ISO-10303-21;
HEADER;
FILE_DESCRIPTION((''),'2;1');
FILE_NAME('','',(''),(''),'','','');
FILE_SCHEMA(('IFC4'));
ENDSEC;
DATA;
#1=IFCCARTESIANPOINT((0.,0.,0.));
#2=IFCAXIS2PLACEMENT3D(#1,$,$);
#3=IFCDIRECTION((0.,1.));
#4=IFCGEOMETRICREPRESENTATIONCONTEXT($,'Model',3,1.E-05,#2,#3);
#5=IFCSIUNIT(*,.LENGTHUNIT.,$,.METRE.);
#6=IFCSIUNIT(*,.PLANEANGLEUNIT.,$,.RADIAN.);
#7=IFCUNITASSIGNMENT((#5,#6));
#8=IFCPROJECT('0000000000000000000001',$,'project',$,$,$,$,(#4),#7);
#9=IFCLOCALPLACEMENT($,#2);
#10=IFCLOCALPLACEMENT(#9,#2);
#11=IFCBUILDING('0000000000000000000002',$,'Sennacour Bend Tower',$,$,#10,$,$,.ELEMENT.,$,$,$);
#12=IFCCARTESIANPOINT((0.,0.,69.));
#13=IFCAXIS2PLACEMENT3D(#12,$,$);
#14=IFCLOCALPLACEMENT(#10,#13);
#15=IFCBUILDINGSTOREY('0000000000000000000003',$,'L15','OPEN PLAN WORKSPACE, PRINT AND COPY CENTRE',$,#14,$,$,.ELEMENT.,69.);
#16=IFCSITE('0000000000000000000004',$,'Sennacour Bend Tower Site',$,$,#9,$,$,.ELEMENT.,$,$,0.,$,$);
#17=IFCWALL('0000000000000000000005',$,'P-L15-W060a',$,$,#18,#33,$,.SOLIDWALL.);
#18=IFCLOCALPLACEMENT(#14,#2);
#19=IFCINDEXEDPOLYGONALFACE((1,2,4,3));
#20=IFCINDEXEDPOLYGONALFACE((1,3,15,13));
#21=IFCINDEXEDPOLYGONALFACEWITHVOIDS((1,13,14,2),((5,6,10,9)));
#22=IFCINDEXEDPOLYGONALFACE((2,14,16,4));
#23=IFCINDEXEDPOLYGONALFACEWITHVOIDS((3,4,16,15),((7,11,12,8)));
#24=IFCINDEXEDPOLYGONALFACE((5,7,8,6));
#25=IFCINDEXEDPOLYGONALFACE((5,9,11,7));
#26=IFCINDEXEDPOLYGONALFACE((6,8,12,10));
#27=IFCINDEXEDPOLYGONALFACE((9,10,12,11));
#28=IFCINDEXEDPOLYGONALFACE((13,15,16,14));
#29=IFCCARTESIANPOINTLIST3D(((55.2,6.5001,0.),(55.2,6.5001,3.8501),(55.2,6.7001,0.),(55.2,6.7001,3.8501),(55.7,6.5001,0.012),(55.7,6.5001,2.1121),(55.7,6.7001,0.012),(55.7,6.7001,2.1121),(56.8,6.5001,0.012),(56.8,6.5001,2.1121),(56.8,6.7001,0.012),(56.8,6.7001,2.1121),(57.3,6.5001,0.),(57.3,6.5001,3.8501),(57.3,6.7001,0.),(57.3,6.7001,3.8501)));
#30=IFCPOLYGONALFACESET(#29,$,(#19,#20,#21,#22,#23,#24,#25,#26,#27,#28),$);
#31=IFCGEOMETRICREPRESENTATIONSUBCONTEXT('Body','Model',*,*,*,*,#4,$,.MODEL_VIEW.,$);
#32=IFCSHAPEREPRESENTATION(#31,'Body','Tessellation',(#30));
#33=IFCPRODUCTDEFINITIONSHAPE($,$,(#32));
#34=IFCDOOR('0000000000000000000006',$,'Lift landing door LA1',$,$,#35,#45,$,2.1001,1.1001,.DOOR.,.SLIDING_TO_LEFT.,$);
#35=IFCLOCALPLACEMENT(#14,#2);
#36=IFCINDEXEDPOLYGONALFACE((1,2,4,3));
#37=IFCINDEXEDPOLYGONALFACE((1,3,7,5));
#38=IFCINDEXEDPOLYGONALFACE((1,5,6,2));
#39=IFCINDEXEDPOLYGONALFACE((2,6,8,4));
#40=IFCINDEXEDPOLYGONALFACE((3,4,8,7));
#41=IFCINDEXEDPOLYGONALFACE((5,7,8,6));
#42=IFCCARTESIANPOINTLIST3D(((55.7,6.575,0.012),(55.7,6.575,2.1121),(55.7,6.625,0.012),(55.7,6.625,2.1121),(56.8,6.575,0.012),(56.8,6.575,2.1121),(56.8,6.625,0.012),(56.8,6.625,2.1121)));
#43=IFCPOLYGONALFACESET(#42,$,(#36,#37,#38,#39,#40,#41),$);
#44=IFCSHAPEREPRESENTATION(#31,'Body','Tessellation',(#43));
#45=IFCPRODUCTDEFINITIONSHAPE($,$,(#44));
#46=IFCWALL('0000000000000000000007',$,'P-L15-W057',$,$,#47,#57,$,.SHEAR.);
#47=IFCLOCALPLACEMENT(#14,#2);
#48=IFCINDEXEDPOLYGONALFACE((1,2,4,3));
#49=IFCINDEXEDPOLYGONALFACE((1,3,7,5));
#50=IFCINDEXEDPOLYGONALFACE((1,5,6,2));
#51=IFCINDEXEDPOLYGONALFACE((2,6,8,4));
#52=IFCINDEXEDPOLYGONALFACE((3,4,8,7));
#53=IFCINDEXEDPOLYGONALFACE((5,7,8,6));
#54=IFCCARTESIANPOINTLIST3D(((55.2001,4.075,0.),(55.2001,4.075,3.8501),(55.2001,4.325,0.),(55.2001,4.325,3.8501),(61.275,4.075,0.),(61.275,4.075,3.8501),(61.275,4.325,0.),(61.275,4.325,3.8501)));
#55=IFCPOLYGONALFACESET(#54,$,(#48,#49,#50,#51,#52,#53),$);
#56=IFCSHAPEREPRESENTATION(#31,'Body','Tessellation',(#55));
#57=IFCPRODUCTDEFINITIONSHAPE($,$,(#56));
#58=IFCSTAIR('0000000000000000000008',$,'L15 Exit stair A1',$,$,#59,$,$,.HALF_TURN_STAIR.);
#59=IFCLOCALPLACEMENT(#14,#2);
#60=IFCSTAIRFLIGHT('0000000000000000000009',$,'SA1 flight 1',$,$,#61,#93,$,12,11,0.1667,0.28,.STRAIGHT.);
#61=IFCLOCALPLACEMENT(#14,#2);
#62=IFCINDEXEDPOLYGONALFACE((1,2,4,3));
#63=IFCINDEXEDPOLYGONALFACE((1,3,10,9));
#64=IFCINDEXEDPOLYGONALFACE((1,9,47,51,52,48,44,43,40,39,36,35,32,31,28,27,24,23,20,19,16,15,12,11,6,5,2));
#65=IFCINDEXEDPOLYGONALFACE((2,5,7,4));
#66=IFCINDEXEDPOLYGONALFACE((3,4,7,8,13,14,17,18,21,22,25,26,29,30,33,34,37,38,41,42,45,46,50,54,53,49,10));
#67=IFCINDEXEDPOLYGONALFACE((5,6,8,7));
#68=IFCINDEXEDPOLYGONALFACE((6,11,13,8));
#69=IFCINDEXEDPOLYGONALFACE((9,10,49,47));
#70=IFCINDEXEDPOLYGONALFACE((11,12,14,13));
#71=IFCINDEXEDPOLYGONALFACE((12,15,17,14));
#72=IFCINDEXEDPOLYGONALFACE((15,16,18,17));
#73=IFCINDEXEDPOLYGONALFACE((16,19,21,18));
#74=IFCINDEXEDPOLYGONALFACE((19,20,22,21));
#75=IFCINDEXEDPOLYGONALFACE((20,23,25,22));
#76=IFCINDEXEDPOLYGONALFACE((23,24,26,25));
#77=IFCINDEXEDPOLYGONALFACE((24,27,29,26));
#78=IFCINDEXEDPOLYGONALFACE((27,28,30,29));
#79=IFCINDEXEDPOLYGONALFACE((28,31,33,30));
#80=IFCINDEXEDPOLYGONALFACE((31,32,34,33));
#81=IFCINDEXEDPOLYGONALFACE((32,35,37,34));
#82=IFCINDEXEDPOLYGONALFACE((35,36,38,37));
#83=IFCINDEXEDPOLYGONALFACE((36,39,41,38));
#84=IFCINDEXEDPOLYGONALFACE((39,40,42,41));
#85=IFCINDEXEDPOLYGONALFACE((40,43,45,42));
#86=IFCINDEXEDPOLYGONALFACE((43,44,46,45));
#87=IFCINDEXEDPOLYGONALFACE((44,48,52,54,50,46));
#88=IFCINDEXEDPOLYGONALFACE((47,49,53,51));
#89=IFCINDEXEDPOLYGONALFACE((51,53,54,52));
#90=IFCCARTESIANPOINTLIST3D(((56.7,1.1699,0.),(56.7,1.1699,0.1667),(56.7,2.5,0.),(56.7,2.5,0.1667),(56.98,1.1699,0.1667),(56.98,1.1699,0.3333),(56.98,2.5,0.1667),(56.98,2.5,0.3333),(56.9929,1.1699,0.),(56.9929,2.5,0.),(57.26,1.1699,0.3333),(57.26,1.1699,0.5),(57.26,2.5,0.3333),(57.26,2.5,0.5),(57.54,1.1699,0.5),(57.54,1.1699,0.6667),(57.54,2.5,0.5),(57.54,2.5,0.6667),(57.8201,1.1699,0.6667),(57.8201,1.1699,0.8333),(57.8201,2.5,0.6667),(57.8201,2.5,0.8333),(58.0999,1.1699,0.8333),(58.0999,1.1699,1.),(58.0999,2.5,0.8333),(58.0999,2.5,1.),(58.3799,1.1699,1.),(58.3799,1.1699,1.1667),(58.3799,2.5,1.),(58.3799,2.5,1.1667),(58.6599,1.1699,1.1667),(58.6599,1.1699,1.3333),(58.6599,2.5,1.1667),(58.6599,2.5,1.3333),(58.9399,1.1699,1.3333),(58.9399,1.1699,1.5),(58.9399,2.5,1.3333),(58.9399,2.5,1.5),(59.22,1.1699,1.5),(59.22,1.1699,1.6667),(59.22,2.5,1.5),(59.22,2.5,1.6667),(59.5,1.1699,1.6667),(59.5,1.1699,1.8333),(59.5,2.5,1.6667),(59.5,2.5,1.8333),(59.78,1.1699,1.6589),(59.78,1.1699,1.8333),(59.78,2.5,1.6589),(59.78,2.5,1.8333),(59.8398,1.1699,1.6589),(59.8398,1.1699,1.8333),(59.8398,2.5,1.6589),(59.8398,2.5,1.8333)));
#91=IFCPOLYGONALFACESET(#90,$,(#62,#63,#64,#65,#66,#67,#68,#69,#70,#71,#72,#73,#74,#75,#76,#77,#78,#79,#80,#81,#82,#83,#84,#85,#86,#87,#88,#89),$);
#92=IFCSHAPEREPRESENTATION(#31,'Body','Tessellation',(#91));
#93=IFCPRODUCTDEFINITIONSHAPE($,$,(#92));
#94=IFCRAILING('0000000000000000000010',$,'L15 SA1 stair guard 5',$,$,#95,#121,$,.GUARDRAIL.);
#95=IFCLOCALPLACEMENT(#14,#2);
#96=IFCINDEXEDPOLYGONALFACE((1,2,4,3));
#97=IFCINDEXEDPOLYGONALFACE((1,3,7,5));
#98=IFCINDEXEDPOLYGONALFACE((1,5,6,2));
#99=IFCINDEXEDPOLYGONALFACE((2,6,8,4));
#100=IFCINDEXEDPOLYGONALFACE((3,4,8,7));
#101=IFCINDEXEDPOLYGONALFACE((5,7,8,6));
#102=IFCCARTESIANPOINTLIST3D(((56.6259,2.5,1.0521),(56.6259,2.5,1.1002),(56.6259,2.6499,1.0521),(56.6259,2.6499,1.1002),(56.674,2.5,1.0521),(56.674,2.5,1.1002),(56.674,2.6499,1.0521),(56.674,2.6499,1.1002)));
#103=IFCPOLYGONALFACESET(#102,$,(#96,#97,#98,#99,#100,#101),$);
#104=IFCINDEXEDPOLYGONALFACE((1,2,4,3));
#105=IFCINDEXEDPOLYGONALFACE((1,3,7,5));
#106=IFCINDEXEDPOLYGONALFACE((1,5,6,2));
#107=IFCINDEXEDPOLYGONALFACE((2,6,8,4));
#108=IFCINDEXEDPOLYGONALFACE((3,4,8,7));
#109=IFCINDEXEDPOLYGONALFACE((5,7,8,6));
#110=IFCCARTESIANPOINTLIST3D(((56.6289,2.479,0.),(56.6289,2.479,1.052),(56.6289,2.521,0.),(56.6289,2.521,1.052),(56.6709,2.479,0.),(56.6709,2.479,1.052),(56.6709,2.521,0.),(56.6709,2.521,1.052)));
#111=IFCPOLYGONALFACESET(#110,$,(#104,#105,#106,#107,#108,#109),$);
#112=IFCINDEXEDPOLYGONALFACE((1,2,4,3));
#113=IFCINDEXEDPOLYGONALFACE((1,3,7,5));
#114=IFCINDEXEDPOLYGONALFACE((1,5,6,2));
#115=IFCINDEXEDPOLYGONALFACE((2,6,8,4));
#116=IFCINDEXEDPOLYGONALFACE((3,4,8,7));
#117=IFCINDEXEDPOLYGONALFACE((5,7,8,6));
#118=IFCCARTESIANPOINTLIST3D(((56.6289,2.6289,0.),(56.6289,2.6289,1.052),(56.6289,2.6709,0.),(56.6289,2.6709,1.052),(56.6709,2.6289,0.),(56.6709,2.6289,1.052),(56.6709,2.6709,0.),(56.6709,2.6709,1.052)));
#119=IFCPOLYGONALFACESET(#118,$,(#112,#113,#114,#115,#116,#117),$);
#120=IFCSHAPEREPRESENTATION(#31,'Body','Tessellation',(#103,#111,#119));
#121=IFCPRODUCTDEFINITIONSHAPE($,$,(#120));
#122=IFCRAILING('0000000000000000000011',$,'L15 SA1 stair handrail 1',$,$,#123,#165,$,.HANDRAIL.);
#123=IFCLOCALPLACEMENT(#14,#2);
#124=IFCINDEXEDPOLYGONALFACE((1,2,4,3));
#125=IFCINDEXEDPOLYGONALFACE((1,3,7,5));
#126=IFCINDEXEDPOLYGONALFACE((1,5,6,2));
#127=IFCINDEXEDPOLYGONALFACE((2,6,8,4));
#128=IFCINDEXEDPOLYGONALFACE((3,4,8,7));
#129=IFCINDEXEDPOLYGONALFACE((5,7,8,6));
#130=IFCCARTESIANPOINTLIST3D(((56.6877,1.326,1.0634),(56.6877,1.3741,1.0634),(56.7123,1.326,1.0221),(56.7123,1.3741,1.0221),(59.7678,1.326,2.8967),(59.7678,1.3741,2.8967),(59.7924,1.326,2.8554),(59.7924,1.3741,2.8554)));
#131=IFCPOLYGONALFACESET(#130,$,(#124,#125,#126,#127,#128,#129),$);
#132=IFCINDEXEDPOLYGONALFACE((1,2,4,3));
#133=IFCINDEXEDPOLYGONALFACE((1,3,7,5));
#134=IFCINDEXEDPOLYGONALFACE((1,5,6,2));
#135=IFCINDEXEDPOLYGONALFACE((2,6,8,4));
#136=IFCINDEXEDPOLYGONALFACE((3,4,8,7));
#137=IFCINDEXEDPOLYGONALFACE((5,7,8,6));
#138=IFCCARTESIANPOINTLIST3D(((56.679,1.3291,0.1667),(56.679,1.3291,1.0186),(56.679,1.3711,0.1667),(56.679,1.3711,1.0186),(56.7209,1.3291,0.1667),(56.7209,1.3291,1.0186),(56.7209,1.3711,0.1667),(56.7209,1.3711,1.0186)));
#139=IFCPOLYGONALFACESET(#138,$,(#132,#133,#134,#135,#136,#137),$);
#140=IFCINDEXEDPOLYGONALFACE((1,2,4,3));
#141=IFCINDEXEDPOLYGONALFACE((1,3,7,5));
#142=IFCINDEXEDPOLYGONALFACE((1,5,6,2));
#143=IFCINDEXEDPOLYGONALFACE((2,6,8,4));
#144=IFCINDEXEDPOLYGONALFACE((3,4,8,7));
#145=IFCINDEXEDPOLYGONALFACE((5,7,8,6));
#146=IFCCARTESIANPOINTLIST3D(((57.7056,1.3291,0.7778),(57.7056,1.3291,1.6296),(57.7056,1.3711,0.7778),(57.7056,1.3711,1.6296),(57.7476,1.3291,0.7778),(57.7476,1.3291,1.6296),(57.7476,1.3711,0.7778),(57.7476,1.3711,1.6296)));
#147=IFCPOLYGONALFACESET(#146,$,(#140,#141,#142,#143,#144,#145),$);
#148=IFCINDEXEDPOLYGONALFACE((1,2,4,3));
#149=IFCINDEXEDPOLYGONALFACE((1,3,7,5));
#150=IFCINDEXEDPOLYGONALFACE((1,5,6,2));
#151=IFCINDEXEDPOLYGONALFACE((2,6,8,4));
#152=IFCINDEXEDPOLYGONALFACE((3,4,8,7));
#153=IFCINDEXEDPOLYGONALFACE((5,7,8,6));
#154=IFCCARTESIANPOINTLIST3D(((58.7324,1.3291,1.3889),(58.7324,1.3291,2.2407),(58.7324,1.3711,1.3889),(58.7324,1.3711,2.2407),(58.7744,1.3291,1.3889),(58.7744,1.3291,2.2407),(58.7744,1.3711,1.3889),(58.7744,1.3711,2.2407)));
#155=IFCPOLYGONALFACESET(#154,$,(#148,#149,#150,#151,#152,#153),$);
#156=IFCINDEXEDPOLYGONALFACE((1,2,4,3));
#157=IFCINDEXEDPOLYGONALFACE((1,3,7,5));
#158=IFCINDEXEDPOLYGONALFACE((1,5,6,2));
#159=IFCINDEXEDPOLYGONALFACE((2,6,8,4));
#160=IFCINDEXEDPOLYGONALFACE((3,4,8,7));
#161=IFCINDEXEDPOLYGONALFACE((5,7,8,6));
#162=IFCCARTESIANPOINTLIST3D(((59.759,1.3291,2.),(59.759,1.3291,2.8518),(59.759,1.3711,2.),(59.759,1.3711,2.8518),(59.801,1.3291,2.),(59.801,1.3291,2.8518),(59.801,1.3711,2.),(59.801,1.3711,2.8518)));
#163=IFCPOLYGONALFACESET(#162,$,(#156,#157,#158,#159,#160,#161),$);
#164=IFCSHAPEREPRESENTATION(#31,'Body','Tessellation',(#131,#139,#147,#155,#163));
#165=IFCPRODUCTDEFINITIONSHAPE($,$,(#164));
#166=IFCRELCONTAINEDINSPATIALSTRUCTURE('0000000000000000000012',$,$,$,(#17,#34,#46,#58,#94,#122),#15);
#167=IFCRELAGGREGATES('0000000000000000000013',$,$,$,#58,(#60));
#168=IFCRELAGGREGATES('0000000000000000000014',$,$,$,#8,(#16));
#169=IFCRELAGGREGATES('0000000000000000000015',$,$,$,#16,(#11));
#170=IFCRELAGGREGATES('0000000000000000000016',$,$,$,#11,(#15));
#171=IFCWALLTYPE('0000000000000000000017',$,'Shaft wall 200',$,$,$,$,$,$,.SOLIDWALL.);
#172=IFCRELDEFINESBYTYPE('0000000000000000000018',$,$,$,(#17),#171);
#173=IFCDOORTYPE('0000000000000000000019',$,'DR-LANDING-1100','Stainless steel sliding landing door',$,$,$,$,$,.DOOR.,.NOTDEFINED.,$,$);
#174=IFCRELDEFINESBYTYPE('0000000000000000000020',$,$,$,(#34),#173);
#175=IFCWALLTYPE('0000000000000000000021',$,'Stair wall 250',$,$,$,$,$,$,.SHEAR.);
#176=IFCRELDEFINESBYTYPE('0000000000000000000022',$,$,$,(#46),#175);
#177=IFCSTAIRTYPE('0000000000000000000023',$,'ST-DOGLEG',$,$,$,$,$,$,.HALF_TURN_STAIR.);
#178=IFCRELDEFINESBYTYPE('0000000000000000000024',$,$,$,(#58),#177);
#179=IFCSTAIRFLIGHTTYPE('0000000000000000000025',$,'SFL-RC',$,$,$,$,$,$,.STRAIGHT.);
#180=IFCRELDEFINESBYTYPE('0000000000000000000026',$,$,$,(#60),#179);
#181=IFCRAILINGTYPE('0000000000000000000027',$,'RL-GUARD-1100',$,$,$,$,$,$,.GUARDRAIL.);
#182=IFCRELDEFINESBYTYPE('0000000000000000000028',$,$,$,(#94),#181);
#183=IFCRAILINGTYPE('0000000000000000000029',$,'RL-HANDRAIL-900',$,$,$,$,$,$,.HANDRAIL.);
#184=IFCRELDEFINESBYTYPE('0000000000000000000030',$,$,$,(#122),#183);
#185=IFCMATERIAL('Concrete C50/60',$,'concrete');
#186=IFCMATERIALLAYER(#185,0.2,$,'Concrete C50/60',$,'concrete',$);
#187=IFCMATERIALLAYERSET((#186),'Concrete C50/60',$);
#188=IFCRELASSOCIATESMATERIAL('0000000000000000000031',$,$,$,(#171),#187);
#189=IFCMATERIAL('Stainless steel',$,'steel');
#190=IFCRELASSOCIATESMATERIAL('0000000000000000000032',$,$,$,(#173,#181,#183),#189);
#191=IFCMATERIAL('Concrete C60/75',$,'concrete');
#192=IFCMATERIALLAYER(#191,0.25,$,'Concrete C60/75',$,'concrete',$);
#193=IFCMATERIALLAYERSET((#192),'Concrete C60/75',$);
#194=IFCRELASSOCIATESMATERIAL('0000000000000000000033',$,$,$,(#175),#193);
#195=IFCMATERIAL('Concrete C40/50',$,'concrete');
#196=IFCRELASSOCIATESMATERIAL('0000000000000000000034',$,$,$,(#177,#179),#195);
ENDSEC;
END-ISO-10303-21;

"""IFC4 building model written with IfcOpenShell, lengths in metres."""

from ifc_helpers import new_model, si_unit, direction, frame, frame_2d, origin, origin_2d, place, context, subcontext, project, spatial, polyline, rectangle, outline, extrude, material, layer, layer_set, type_object, element, fill, aggregate, save


model = new_model("IFC4")

# Units and contexts
model_context = context("Model", 3, precision=1e-05, world=origin(), true_north=direction((0.0, 1.0)))
body_context = subcontext(model_context, "Body", "Model", "MODEL_VIEW")
ifc_project = project(units=[si_unit("LENGTHUNIT", "METRE"), si_unit("PLANEANGLEUNIT", "RADIAN")], contexts=[model_context])

# Site, building, storey
site_placement = place(None, origin())
site = spatial("IfcSite", under=ifc_project, at=site_placement, Name="Sennacour Bend Tower Site", CompositionType="ELEMENT", RefElevation=0.0)
building_placement = place(site_placement, origin())
building = spatial("IfcBuilding", under=site, at=building_placement, Name="Sennacour Bend Tower", CompositionType="ELEMENT")
storey_placement = place(building_placement, frame((0.0, 0.0, 69.0)))
storey = spatial("IfcBuildingStorey", under=building, at=storey_placement, Name="L15", Description="OPEN PLAN WORKSPACE, PRINT AND COPY CENTRE", CompositionType="ELEMENT", Elevation=69.0)

# Wall, opening, door
ifc_material_1 = material(Name="Concrete C50/60", Category="concrete")
ifc_layer_1 = layer(ifc_material_1, 0.2, Name="Concrete C50/60", Category="concrete")
ifc_layer_set_1 = layer_set([ifc_layer_1], Name="Concrete C50/60")
wall_type_1 = type_object("IfcWallType", Name="Shaft wall 200", PredefinedType="SOLIDWALL", material=ifc_layer_set_1)
wall_1_placement = place(storey_placement, frame((55.2, 6.6001, 0.0), z_axis=(0.0, 0.0, 1.0), x_axis=(1.0, 0.0, 0.0)))
wall_1 = element("IfcWall", 1, at=wall_1_placement, inside=storey, type_object=wall_type_1, Name="P-L15-W060a", PredefinedType="SOLIDWALL", context=body_context, shape_type="SweptSolid", body=[
    extrude(rectangle(XDim=2.1001, YDim=0.2, at=frame_2d((1.05, 0.0))), origin(), (0.0, 0.0, 1.0), 3.8501),
])
opening_1_placement = place(wall_1_placement, frame((0.5, 0.0, 0.012)))
opening_1 = element("IfcOpeningElement", 2, at=opening_1_placement, cuts=wall_1, PredefinedType="OPENING", context=body_context, shape_type="SweptSolid", body=[
    extrude(rectangle(XDim=1.1001, YDim=2.1001, at=frame_2d((0.55, 1.05))), frame((0.0, 0.1099, 0.0), z_axis=(0.0, -1.0, 0.0), x_axis=(1.0, 0.0, 0.0)), (0.0, 0.0, 1.0), 0.22),
])
ifc_material_2 = material(Name="Stainless steel", Category="steel")
door_type_1 = type_object("IfcDoorType", Name="DR-LANDING-1100", Description="Stainless steel sliding landing door", OperationType="NOTDEFINED", PredefinedType="DOOR", material=ifc_material_2)
door_1_placement = place(opening_1_placement, origin())
door_1 = element("IfcDoor", 3, at=door_1_placement, inside=storey, type_object=door_type_1, Name="Lift landing door LA1", OperationType="SLIDING_TO_LEFT", OverallHeight=2.1001, OverallWidth=1.1001, PredefinedType="DOOR", context=body_context, shape_type="SweptSolid", body=[
    extrude(rectangle(XDim=1.1001, YDim=2.1001, at=frame_2d((0.55, 1.05))), frame((0.0, 0.0249, 0.0), z_axis=(0.0, -1.0, 0.0), x_axis=(1.0, 0.0, 0.0)), (0.0, 0.0, 1.0), 0.05),
])
fill(opening_1, door_1)

# Wall
ifc_material_3 = material(Name="Concrete C60/75", Category="concrete")
ifc_layer_2 = layer(ifc_material_3, 0.25, Name="Concrete C60/75", Category="concrete")
ifc_layer_set_2 = layer_set([ifc_layer_2], Name="Concrete C60/75")
wall_type_2 = type_object("IfcWallType", Name="Stair wall 250", PredefinedType="SHEAR", material=ifc_layer_set_2)
wall_2_placement = place(storey_placement, frame((55.2, 4.2, 0.0), z_axis=(0.0, 0.0, 1.0), x_axis=(1.0, 0.0, 0.0)))
element("IfcWall", 4, at=wall_2_placement, inside=storey, type_object=wall_type_2, Name="P-L15-W057", PredefinedType="SHEAR", context=body_context, shape_type="SweptSolid", body=[
    extrude(rectangle(XDim=6.075, YDim=0.25, at=frame_2d((3.0376, 0.0))), origin(), (0.0, 0.0, 1.0), 3.8501),
])

# Stair, stair flight
ifc_material_4 = material(Name="Concrete C40/50", Category="concrete")
stair_type = type_object("IfcStairType", Name="ST-DOGLEG", PredefinedType="HALF_TURN_STAIR", material=ifc_material_4)
stair_placement = place(storey_placement, origin())
stair = element("IfcStair", 5, at=stair_placement, inside=storey, type_object=stair_type, Name="L15 Exit stair A1", PredefinedType="HALF_TURN_STAIR")
stair_flight_type = type_object("IfcStairFlightType", Name="SFL-RC", PredefinedType="STRAIGHT", material=ifc_material_4)
stair_flight_placement = place(storey_placement, frame((56.7, 1.835, 0.0), z_axis=(0.0, 0.0, 1.0), x_axis=(1.0, 0.0, 0.0)))
stair_flight = element("IfcStairFlight", 6, at=stair_flight_placement, type_object=stair_flight_type, Name="SA1 flight 1", NumberOfRisers=12, NumberOfTreads=11, PredefinedType="STRAIGHT", RiserHeight=0.1667, TreadLength=0.28, context=body_context, shape_type="SweptSolid", body=[
    extrude(outline(polyline([(0.0, 0.0), (0.0, 0.1667), (0.28, 0.1667), (0.28, 0.3333), (0.5601, 0.3333), (0.5601, 0.5), (0.8401, 0.5), (0.8401, 0.6667), (1.1201, 0.6667), (1.1201, 0.8333), (1.3999, 0.8333), (1.3999, 1.0), (1.6799, 1.0), (1.6799, 1.1667), (1.96, 1.1667), (1.96, 1.3333), (2.24, 1.3333), (2.24, 1.5), (2.52, 1.5), (2.52, 1.6667), (2.8, 1.6667), (2.8, 1.8333), (3.0801, 1.8333), (3.1399, 1.8333), (3.1399, 1.6589), (3.0801, 1.6589), (0.293, 0.0), (0.0, 0.0)])), frame((0.0, 0.665, 0.0), z_axis=(0.0, -1.0, 0.0), x_axis=(1.0, 0.0, 0.0)), (0.0, 0.0, 1.0), 1.3301),
])
aggregate(stair, [stair_flight])

# Railings
railing_type_1 = type_object("IfcRailingType", Name="RL-GUARD-1100", PredefinedType="GUARDRAIL", material=ifc_material_2)
railing_1_placement = place(storey_placement, frame((56.6499, 2.5, 0.0)))
element("IfcRailing", 7, at=railing_1_placement, inside=storey, type_object=railing_type_1, Name="L15 SA1 stair guard 5", PredefinedType="GUARDRAIL", context=body_context, shape_type="SweptSolid", body=[
    extrude(rectangle(XDim=0.0481, YDim=0.0481, at=origin_2d()), frame((0.0, 0.0, 1.0762), z_axis=(0.0, 1.0, 0.0), x_axis=(-1.0, 0.0, 0.0)), (0.0, 0.0, 1.0), 0.1499),
    extrude(rectangle(XDim=0.042, YDim=0.042, at=origin_2d()), origin(), (0.0, 0.0, 1.0), 1.052),
    extrude(rectangle(XDim=0.042, YDim=0.042, at=origin_2d()), frame((0.0, 0.1499, 0.0)), (0.0, 0.0, 1.0), 1.052),
])
railing_type_2 = type_object("IfcRailingType", Name="RL-HANDRAIL-900", PredefinedType="HANDRAIL", material=ifc_material_2)
railing_2_placement = place(storey_placement, frame((56.7, 1.3501, 0.1667)))
element("IfcRailing", 8, at=railing_2_placement, inside=storey, type_object=railing_type_2, Name="L15 SA1 stair handrail 1", PredefinedType="HANDRAIL", context=body_context, shape_type="SweptSolid", body=[
    extrude(rectangle(XDim=0.0481, YDim=0.0481, at=origin_2d()), frame((0.0, 0.0, 0.876), z_axis=(0.859309, 0.0, 0.511458), x_axis=(0.0, 1.0, 0.0)), (0.0, 0.0, 1.0), 3.5845),
    extrude(rectangle(XDim=0.042, YDim=0.042, at=origin_2d()), origin(), (0.0, 0.0, 1.0), 0.8518),
    extrude(rectangle(XDim=0.042, YDim=0.042, at=origin_2d()), frame((1.0266, 0.0, 0.6111)), (0.0, 0.0, 1.0), 0.8518),
    extrude(rectangle(XDim=0.042, YDim=0.042, at=origin_2d()), frame((2.0535, 0.0, 1.2222)), (0.0, 0.0, 1.0), 0.8518),
    extrude(rectangle(XDim=0.042, YDim=0.042, at=origin_2d()), frame((3.0801, 0.0, 1.8333)), (0.0, 0.0, 1.0), 0.8518),
])

save(model, "model.ifc")
